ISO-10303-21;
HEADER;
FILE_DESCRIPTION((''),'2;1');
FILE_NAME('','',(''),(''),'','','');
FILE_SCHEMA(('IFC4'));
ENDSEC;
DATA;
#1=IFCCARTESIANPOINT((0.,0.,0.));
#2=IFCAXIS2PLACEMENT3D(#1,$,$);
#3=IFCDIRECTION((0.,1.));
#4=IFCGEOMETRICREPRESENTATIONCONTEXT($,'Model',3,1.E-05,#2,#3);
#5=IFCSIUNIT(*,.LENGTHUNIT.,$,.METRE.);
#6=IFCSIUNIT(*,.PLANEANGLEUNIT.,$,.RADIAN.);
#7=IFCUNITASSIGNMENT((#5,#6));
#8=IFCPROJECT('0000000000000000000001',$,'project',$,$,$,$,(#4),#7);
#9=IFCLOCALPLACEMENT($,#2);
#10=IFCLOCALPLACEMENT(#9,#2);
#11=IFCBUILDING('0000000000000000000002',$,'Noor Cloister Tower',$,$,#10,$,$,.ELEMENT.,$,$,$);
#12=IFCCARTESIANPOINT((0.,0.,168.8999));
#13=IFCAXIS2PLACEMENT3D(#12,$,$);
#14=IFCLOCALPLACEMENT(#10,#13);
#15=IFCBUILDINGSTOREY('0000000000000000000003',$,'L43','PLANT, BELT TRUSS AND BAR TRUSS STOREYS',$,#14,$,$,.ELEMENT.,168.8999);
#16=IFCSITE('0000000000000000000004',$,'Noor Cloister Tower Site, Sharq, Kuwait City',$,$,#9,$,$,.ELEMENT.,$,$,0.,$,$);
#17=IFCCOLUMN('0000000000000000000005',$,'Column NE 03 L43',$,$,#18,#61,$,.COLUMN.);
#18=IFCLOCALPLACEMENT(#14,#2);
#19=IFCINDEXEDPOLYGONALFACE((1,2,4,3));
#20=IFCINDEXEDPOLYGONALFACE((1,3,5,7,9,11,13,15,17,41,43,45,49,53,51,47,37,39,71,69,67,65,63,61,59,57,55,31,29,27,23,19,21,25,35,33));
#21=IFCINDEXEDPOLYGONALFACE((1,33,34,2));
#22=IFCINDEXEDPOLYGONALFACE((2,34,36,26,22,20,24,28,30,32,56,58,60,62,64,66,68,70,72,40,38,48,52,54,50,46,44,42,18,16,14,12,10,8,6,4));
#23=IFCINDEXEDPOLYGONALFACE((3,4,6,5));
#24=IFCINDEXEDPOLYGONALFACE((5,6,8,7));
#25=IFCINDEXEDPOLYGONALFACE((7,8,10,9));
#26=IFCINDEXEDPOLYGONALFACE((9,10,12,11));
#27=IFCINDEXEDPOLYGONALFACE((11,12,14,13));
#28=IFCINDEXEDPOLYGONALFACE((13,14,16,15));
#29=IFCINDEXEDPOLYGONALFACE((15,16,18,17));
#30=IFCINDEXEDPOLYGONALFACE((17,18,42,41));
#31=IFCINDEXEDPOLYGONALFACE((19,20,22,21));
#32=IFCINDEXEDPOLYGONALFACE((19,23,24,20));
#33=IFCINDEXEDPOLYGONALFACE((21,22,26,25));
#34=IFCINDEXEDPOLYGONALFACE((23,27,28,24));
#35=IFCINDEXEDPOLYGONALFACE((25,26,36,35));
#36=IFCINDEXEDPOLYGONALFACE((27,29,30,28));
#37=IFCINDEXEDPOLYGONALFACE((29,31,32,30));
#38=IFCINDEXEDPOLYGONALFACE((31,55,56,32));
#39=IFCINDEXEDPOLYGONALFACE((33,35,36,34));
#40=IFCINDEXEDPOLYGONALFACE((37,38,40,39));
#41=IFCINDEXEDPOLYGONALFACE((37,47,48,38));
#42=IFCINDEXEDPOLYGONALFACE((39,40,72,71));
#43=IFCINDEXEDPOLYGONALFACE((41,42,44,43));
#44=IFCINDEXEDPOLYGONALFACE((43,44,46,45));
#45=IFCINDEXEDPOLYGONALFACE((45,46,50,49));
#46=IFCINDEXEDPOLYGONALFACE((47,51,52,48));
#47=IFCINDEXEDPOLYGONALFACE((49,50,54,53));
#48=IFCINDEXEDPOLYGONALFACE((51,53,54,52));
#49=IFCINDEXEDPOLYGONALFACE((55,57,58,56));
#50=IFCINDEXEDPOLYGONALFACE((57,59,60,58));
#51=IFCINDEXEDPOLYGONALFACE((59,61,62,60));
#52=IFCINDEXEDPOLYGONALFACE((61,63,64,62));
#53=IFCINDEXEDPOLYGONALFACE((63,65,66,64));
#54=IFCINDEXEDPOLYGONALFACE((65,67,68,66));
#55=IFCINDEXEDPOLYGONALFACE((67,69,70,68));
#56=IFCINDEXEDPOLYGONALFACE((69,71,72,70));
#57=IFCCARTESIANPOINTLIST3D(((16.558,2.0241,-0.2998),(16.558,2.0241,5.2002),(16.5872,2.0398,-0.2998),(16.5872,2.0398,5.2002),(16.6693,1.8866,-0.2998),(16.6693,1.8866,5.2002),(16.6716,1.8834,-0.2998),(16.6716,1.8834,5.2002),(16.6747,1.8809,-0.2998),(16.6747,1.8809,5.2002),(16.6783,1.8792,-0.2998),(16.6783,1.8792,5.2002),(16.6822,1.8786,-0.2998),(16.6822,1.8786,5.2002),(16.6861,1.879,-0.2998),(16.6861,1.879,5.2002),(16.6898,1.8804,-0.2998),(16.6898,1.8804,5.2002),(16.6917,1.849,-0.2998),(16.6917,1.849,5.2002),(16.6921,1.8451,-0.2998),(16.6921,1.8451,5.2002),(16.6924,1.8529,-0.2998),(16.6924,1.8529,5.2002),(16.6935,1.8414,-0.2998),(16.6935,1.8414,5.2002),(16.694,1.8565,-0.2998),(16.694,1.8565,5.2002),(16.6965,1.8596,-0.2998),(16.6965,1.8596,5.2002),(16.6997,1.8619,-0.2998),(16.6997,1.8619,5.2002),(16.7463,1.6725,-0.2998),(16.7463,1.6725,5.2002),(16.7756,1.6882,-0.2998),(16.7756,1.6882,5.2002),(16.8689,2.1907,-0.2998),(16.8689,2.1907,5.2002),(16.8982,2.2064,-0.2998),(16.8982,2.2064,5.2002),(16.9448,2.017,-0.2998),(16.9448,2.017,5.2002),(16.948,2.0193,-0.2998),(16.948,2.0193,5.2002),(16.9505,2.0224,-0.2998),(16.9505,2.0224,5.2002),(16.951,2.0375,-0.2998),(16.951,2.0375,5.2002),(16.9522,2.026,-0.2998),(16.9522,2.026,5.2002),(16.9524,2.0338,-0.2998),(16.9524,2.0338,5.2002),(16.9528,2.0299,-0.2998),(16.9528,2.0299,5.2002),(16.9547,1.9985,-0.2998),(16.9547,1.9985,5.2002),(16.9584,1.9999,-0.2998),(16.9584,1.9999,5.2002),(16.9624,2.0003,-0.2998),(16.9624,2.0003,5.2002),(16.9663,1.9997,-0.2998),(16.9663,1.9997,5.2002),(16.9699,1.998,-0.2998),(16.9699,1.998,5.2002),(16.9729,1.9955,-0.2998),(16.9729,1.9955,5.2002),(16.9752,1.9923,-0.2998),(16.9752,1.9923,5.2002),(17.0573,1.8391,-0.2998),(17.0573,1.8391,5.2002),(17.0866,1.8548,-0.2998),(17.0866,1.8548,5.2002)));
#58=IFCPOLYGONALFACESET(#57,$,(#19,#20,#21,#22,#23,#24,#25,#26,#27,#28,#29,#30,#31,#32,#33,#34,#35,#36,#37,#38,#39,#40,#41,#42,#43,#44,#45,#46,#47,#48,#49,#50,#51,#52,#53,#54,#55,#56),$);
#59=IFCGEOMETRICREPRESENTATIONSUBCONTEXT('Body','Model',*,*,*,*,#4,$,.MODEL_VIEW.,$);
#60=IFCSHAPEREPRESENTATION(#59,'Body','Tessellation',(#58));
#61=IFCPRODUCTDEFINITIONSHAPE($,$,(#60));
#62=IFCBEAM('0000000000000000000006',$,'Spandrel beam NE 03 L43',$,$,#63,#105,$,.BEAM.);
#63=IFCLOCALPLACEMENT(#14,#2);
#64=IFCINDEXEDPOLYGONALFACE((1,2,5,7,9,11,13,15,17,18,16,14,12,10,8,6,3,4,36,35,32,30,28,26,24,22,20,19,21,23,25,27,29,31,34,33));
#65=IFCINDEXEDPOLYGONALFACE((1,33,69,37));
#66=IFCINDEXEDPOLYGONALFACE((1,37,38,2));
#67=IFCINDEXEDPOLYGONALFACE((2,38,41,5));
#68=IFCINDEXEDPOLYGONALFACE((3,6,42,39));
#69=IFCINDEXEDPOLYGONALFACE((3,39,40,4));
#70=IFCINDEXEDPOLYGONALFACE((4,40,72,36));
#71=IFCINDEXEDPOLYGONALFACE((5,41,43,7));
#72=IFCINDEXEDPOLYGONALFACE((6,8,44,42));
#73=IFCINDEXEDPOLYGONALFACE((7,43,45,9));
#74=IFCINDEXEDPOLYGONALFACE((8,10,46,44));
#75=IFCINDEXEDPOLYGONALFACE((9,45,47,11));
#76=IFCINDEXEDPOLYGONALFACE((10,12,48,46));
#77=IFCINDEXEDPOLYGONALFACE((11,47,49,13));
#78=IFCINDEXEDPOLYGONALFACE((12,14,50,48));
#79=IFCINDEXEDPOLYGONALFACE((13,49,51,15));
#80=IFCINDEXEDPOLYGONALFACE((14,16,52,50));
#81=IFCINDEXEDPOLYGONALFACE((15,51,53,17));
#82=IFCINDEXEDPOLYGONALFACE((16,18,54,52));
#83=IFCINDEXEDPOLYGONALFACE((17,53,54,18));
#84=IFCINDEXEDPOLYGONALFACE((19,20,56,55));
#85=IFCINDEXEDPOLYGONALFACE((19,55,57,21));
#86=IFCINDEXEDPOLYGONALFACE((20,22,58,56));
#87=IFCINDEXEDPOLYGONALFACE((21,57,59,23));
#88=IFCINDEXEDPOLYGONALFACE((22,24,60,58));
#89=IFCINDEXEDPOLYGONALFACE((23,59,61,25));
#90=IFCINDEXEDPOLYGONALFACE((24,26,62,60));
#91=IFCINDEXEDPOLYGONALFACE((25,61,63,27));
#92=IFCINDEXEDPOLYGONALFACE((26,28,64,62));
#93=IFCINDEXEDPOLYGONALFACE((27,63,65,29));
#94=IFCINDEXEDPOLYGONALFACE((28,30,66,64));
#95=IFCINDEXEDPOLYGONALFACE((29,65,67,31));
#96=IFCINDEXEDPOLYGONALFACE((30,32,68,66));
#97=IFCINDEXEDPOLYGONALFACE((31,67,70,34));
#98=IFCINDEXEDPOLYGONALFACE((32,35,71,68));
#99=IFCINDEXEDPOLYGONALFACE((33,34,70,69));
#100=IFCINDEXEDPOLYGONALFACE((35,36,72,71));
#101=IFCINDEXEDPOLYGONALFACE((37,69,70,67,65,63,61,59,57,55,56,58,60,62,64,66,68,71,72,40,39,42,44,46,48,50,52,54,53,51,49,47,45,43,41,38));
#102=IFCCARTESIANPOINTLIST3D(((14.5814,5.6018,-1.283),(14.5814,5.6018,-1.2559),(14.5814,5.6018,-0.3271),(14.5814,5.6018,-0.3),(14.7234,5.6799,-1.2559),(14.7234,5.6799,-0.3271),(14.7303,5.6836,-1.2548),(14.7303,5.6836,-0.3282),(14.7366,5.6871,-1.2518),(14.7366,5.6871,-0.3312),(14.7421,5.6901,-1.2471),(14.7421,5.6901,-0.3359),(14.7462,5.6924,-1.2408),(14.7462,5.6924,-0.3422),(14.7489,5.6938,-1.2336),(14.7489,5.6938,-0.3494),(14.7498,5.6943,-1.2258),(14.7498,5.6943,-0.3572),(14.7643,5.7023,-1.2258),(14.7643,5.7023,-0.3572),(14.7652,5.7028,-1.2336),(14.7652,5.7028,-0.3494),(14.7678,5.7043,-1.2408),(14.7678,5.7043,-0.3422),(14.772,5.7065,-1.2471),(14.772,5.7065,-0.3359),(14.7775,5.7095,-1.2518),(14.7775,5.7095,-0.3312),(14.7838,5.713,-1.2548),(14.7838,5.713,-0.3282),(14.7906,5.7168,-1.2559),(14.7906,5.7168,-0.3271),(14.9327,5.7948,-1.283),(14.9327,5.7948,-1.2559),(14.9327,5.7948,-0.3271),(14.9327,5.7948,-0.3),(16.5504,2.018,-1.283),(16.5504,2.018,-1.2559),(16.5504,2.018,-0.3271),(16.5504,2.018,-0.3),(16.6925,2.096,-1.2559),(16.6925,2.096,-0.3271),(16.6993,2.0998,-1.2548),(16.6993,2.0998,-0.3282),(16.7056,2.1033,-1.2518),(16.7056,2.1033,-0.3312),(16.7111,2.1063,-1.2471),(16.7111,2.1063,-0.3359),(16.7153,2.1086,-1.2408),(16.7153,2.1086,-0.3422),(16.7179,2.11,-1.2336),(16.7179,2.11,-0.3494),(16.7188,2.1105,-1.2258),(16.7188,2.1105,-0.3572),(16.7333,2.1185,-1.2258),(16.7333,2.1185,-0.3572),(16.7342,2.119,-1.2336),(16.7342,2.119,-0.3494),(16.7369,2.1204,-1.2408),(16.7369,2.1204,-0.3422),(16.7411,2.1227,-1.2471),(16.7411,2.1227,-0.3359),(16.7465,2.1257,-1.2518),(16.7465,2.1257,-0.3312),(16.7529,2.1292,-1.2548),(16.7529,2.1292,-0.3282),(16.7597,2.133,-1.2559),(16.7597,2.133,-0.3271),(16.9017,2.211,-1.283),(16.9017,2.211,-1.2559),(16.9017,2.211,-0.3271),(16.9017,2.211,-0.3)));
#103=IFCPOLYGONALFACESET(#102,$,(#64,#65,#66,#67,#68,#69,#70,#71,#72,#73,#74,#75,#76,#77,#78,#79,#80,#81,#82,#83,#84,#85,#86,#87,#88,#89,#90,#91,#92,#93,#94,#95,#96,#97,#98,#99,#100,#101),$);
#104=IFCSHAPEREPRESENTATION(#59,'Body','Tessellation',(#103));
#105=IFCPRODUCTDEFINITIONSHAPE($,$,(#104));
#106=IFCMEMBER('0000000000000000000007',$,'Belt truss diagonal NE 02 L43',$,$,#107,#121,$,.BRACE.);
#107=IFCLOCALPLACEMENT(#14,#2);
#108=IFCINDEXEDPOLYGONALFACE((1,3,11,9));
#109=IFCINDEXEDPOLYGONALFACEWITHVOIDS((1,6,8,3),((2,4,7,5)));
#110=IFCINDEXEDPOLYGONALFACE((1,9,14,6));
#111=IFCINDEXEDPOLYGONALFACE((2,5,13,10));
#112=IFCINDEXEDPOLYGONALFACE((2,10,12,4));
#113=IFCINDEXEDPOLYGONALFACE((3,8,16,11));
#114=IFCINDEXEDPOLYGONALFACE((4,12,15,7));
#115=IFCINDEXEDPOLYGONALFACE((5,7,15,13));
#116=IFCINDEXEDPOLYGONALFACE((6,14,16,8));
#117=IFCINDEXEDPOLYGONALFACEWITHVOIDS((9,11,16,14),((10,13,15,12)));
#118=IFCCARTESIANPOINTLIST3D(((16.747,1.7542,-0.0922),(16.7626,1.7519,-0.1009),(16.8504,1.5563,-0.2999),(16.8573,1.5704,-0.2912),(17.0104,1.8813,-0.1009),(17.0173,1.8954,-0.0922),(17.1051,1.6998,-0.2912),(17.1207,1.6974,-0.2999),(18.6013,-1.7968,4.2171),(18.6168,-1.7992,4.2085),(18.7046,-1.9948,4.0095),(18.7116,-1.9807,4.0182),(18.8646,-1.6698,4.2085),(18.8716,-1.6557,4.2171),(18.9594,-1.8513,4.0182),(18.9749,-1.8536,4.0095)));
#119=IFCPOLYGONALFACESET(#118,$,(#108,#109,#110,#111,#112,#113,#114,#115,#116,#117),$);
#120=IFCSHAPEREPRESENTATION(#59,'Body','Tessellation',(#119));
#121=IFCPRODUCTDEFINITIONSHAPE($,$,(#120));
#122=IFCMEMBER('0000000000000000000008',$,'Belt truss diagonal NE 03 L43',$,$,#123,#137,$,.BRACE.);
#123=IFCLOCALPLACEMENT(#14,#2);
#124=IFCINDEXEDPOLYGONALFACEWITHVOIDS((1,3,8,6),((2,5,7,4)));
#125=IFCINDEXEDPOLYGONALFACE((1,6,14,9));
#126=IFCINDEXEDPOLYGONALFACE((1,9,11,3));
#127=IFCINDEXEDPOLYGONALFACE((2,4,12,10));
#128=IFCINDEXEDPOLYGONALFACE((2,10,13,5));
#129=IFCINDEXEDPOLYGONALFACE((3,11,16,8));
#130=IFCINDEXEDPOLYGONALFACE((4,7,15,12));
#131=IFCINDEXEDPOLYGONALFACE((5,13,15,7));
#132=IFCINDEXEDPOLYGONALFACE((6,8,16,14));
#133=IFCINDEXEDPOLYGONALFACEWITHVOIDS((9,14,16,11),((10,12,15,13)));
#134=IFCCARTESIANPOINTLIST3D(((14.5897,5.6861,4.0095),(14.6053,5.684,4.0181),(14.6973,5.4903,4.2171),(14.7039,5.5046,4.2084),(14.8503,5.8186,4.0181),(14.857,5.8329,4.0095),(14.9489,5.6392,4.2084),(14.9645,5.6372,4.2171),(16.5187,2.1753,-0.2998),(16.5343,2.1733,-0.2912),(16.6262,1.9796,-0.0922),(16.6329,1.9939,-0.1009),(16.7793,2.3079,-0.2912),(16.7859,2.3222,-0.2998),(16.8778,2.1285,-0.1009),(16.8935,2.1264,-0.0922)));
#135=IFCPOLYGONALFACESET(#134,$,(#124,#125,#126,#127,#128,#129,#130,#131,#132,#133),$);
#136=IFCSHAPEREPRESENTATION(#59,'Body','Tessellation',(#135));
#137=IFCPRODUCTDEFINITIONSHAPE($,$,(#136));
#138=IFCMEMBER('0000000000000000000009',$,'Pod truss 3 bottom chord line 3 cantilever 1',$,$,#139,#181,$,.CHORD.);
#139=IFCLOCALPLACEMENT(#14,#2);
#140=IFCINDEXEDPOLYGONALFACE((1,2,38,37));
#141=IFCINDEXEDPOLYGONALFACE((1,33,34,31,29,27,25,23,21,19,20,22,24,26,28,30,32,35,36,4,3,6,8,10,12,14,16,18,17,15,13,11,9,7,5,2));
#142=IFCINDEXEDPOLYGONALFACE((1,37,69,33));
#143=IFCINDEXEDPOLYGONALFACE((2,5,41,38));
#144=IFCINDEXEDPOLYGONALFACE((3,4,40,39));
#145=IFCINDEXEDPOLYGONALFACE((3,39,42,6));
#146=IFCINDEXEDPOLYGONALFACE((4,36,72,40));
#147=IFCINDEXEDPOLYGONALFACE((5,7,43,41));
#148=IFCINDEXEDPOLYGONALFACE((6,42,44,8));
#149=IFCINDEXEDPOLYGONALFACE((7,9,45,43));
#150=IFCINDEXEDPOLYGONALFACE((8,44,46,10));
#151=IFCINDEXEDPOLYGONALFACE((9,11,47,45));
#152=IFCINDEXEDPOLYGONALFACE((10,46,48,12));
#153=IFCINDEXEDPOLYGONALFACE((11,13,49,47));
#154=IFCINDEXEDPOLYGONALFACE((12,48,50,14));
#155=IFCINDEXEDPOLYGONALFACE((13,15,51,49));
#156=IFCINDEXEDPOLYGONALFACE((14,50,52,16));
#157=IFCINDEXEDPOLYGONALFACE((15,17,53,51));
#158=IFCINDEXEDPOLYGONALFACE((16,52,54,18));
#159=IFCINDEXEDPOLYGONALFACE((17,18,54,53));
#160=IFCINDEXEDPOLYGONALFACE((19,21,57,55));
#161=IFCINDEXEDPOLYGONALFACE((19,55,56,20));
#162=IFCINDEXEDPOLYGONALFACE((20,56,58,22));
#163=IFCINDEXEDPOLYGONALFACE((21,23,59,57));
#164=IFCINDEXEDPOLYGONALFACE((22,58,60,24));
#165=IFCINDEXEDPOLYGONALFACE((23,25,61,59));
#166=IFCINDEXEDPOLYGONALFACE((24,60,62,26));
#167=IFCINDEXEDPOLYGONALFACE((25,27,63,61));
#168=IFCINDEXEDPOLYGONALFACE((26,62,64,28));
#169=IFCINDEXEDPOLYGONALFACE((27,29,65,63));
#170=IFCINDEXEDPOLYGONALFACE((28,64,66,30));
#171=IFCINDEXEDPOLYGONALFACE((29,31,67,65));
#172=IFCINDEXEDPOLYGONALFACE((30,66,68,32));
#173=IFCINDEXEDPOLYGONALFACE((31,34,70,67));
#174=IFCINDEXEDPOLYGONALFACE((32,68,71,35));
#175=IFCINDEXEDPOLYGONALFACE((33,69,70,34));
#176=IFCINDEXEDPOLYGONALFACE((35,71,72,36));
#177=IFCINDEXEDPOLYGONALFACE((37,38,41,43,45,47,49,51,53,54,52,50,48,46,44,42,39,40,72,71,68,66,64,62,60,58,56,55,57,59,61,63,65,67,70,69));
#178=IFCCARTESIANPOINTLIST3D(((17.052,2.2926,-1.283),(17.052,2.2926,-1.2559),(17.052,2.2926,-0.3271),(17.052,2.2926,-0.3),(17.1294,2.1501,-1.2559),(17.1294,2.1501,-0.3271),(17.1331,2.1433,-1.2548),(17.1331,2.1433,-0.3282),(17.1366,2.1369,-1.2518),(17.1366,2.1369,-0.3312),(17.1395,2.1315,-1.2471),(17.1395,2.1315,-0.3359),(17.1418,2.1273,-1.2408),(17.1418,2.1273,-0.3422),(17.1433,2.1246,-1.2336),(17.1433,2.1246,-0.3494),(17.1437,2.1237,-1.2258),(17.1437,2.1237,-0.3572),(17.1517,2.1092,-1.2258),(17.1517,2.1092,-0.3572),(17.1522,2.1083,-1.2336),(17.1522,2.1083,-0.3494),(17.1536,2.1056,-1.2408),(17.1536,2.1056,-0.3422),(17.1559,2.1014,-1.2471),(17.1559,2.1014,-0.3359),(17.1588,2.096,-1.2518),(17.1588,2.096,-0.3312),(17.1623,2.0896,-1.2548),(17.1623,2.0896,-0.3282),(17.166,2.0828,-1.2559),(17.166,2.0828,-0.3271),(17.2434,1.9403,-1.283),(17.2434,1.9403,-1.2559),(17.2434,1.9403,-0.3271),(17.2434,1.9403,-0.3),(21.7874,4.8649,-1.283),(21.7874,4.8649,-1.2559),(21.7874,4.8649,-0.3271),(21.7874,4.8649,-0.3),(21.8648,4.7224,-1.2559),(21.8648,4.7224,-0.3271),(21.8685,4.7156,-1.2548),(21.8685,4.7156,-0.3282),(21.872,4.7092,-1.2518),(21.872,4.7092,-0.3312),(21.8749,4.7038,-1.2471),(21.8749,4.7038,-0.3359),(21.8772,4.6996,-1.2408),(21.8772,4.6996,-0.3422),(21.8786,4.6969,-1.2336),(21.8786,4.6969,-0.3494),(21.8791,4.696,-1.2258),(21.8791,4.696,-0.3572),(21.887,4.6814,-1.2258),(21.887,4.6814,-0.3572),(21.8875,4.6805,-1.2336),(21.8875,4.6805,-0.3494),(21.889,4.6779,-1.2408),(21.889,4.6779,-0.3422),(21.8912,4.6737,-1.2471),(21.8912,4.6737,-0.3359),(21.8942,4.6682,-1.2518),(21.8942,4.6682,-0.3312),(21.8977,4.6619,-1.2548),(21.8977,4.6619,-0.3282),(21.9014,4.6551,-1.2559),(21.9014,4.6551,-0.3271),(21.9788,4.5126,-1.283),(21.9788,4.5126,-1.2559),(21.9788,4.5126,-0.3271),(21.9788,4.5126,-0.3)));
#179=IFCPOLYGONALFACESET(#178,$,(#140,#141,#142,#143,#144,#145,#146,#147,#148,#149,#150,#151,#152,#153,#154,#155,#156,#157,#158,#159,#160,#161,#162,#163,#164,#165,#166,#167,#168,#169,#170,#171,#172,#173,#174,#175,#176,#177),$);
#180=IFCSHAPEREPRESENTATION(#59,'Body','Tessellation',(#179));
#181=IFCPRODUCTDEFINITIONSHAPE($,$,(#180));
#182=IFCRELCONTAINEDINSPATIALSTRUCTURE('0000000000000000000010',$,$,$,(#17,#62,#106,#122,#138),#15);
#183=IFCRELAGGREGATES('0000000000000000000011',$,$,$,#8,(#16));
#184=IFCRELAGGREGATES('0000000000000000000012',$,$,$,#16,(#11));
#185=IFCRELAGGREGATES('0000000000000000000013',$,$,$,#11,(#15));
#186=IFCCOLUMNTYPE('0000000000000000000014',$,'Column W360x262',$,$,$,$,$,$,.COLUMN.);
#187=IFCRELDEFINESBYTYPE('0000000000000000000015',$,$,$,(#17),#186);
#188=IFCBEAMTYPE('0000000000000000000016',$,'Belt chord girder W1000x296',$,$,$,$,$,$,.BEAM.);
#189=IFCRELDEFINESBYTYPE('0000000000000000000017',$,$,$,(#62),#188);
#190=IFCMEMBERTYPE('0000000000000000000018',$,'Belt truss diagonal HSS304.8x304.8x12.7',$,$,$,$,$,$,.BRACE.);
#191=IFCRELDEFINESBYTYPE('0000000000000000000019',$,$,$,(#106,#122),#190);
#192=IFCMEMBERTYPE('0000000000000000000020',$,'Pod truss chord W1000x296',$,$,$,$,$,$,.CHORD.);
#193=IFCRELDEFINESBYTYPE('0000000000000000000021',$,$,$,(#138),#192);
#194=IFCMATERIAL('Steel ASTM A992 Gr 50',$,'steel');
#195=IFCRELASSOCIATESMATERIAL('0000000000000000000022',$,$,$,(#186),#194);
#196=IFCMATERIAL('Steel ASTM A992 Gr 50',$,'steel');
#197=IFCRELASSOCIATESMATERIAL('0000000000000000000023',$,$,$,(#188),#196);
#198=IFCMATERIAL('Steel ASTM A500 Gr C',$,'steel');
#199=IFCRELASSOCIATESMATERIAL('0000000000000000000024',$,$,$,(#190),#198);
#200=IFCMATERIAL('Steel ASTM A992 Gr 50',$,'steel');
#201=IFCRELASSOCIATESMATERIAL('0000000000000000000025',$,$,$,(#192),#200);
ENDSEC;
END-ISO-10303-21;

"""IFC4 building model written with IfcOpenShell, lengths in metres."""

from ifc_helpers import new_model, si_unit, direction, frame, origin, origin_2d, place, context, subcontext, project, spatial, hollow_rectangle, i_section, extrude, material, material_profile, profile_set, type_object, element, save


model = new_model("IFC4")

# Units and contexts
model_context = context("Model", 3, precision=1e-05, world=origin(), true_north=direction((0.0, 1.0)))
body_context = subcontext(model_context, "Body", "Model", "MODEL_VIEW")
ifc_project = project(units=[si_unit("LENGTHUNIT", "METRE"), si_unit("PLANEANGLEUNIT", "RADIAN")], contexts=[model_context])

# Site, building, storey
site_placement = place(None, origin())
site = spatial("IfcSite", under=ifc_project, at=site_placement, Name="Noor Cloister Tower Site, Sharq, Kuwait City", CompositionType="ELEMENT", RefElevation=0.0)
building_placement = place(site_placement, origin())
building = spatial("IfcBuilding", under=site, at=building_placement, Name="Noor Cloister Tower", CompositionType="ELEMENT")
storey_placement = place(building_placement, frame((0.0, 0.0, 168.8999)))
storey = spatial("IfcBuildingStorey", under=building, at=storey_placement, Name="L43", Description="PLANT, BELT TRUSS AND BAR TRUSS STOREYS", CompositionType="ELEMENT", Elevation=168.8999)

# Column
ifc_material_1 = material(Name="Steel ASTM A992 Gr 50", Category="steel")
ifc_material_profile_1 = material_profile(ifc_material_1, i_section(OverallWidth=0.3989, OverallDepth=0.386, WebThickness=0.021, FlangeThickness=0.0332, FilletRadius=0.0151, at=origin_2d()), Name="W360x262")
ifc_profile_set_1 = profile_set([ifc_material_profile_1], Name="Steel ASTM A992 Gr 50")
column_type = type_object("IfcColumnType", Name="Column W360x262", PredefinedType="COLUMN", material=ifc_profile_set_1)
column_placement = place(storey_placement, frame((16.8223, 1.9395, -0.2998), z_axis=(0.0, 0.0, 1.0), x_axis=(-0.472237, 0.881472, 0.0)))
element("IfcColumn", 1, at=column_placement, inside=storey, type_object=column_type, Name="Column NE 03 L43", PredefinedType="COLUMN", context=body_context, shape_type="SweptSolid", body=[
    extrude(i_section(OverallWidth=0.3989, OverallDepth=0.386, WebThickness=0.021, FlangeThickness=0.0332, FilletRadius=0.0151, at=origin_2d()), origin(), (0.0, 0.0, 1.0), 5.5),
])

# Beam
ifc_material_2 = material(Name="Steel ASTM A992 Gr 50", Category="steel")
ifc_material_profile_2 = material_profile(ifc_material_2, i_section(OverallWidth=0.4009, OverallDepth=0.9829, WebThickness=0.0166, FlangeThickness=0.0271, FilletRadius=0.03, at=origin_2d()), Name="W1000x296")
ifc_profile_set_2 = profile_set([ifc_material_profile_2], Name="Steel ASTM A992 Gr 50")
beam_type = type_object("IfcBeamType", Name="Belt chord girder W1000x296", PredefinedType="BEAM", material=ifc_profile_set_2)
beam_placement = place(storey_placement, frame((16.7261, 2.1145, -0.7915), z_axis=(-0.481531, 0.876429, 0.0), x_axis=(-0.876429, -0.481531, 0.0)))
element("IfcBeam", 2, at=beam_placement, inside=storey, type_object=beam_type, Name="Spandrel beam NE 03 L43", PredefinedType="BEAM", context=body_context, shape_type="SweptSolid", body=[
    extrude(i_section(OverallWidth=0.4009, OverallDepth=0.9829, WebThickness=0.0166, FlangeThickness=0.0271, FilletRadius=0.03, at=origin_2d()), origin(), (0.0, 0.0, 1.0), 4.0891),
])

# Members
ifc_material_3 = material(Name="Steel ASTM A500 Gr C", Category="steel")
ifc_material_profile_3 = material_profile(ifc_material_3, hollow_rectangle(XDim=0.3049, YDim=0.3049, WallThickness=0.0127, at=origin_2d()), Name="HSS304.8x304.8x12.7")
ifc_profile_set_3 = profile_set([ifc_material_profile_3], Name="Steel ASTM A500 Gr C")
member_type_1 = type_object("IfcMemberType", Name="Belt truss diagonal HSS304.8x304.8x12.7", PredefinedType="BRACE", material=ifc_profile_set_3)
member_1_placement = place(storey_placement, frame((16.9338, 1.7258, -0.196), z_axis=(0.315148, -0.603533, 0.732414), x_axis=(0.886427, 0.462868, 0.0)))
element("IfcMember", 3, at=member_1_placement, inside=storey, type_object=member_type_1, Name="Belt truss diagonal NE 02 L43", PredefinedType="BRACE", context=body_context, shape_type="SweptSolid", body=[
    extrude(hollow_rectangle(XDim=0.3049, YDim=0.3049, WallThickness=0.0127, at=origin_2d()), origin(), (0.0, 0.0, 1.0), 5.8838),
])
member_2_placement = place(storey_placement, frame((16.7061, 2.1509, -0.196), z_axis=(-0.327854, 0.596702, 0.732433), x_axis=(-0.876422, -0.481544, 0.0)))
element("IfcMember", 4, at=member_2_placement, inside=storey, type_object=member_type_1, Name="Belt truss diagonal NE 03 L43", PredefinedType="BRACE", context=body_context, shape_type="SweptSolid", body=[
    extrude(hollow_rectangle(XDim=0.3049, YDim=0.3049, WallThickness=0.0127, at=origin_2d()), origin(), (0.0, 0.0, 1.0), 5.8835),
])
ifc_material_4 = material(Name="Steel ASTM A992 Gr 50", Category="steel")
ifc_material_profile_4 = material_profile(ifc_material_4, i_section(OverallWidth=0.4009, OverallDepth=0.9829, WebThickness=0.0166, FlangeThickness=0.0271, FilletRadius=0.03, at=origin_2d()), Name="W1000x296")
ifc_profile_set_4 = profile_set([ifc_material_profile_4], Name="Steel ASTM A992 Gr 50")
member_type_2 = type_object("IfcMemberType", Name="Pod truss chord W1000x296", PredefinedType="CHORD", material=ifc_profile_set_4)
member_3_placement = place(storey_placement, frame((17.1477, 2.1165, -0.7915), z_axis=(0.878725, 0.477328, 0.0), x_axis=(-0.477328, 0.878725, 0.0)))
element("IfcMember", 5, at=member_3_placement, inside=storey, type_object=member_type_2, Name="Pod truss 3 bottom chord line 3 cantilever 1", PredefinedType="CHORD", context=body_context, shape_type="SweptSolid", body=[
    extrude(i_section(OverallWidth=0.4009, OverallDepth=0.9829, WebThickness=0.0166, FlangeThickness=0.0271, FilletRadius=0.03, at=origin_2d()), origin(), (0.0, 0.0, 1.0), 5.3889),
])

save(model, "model.ifc")
